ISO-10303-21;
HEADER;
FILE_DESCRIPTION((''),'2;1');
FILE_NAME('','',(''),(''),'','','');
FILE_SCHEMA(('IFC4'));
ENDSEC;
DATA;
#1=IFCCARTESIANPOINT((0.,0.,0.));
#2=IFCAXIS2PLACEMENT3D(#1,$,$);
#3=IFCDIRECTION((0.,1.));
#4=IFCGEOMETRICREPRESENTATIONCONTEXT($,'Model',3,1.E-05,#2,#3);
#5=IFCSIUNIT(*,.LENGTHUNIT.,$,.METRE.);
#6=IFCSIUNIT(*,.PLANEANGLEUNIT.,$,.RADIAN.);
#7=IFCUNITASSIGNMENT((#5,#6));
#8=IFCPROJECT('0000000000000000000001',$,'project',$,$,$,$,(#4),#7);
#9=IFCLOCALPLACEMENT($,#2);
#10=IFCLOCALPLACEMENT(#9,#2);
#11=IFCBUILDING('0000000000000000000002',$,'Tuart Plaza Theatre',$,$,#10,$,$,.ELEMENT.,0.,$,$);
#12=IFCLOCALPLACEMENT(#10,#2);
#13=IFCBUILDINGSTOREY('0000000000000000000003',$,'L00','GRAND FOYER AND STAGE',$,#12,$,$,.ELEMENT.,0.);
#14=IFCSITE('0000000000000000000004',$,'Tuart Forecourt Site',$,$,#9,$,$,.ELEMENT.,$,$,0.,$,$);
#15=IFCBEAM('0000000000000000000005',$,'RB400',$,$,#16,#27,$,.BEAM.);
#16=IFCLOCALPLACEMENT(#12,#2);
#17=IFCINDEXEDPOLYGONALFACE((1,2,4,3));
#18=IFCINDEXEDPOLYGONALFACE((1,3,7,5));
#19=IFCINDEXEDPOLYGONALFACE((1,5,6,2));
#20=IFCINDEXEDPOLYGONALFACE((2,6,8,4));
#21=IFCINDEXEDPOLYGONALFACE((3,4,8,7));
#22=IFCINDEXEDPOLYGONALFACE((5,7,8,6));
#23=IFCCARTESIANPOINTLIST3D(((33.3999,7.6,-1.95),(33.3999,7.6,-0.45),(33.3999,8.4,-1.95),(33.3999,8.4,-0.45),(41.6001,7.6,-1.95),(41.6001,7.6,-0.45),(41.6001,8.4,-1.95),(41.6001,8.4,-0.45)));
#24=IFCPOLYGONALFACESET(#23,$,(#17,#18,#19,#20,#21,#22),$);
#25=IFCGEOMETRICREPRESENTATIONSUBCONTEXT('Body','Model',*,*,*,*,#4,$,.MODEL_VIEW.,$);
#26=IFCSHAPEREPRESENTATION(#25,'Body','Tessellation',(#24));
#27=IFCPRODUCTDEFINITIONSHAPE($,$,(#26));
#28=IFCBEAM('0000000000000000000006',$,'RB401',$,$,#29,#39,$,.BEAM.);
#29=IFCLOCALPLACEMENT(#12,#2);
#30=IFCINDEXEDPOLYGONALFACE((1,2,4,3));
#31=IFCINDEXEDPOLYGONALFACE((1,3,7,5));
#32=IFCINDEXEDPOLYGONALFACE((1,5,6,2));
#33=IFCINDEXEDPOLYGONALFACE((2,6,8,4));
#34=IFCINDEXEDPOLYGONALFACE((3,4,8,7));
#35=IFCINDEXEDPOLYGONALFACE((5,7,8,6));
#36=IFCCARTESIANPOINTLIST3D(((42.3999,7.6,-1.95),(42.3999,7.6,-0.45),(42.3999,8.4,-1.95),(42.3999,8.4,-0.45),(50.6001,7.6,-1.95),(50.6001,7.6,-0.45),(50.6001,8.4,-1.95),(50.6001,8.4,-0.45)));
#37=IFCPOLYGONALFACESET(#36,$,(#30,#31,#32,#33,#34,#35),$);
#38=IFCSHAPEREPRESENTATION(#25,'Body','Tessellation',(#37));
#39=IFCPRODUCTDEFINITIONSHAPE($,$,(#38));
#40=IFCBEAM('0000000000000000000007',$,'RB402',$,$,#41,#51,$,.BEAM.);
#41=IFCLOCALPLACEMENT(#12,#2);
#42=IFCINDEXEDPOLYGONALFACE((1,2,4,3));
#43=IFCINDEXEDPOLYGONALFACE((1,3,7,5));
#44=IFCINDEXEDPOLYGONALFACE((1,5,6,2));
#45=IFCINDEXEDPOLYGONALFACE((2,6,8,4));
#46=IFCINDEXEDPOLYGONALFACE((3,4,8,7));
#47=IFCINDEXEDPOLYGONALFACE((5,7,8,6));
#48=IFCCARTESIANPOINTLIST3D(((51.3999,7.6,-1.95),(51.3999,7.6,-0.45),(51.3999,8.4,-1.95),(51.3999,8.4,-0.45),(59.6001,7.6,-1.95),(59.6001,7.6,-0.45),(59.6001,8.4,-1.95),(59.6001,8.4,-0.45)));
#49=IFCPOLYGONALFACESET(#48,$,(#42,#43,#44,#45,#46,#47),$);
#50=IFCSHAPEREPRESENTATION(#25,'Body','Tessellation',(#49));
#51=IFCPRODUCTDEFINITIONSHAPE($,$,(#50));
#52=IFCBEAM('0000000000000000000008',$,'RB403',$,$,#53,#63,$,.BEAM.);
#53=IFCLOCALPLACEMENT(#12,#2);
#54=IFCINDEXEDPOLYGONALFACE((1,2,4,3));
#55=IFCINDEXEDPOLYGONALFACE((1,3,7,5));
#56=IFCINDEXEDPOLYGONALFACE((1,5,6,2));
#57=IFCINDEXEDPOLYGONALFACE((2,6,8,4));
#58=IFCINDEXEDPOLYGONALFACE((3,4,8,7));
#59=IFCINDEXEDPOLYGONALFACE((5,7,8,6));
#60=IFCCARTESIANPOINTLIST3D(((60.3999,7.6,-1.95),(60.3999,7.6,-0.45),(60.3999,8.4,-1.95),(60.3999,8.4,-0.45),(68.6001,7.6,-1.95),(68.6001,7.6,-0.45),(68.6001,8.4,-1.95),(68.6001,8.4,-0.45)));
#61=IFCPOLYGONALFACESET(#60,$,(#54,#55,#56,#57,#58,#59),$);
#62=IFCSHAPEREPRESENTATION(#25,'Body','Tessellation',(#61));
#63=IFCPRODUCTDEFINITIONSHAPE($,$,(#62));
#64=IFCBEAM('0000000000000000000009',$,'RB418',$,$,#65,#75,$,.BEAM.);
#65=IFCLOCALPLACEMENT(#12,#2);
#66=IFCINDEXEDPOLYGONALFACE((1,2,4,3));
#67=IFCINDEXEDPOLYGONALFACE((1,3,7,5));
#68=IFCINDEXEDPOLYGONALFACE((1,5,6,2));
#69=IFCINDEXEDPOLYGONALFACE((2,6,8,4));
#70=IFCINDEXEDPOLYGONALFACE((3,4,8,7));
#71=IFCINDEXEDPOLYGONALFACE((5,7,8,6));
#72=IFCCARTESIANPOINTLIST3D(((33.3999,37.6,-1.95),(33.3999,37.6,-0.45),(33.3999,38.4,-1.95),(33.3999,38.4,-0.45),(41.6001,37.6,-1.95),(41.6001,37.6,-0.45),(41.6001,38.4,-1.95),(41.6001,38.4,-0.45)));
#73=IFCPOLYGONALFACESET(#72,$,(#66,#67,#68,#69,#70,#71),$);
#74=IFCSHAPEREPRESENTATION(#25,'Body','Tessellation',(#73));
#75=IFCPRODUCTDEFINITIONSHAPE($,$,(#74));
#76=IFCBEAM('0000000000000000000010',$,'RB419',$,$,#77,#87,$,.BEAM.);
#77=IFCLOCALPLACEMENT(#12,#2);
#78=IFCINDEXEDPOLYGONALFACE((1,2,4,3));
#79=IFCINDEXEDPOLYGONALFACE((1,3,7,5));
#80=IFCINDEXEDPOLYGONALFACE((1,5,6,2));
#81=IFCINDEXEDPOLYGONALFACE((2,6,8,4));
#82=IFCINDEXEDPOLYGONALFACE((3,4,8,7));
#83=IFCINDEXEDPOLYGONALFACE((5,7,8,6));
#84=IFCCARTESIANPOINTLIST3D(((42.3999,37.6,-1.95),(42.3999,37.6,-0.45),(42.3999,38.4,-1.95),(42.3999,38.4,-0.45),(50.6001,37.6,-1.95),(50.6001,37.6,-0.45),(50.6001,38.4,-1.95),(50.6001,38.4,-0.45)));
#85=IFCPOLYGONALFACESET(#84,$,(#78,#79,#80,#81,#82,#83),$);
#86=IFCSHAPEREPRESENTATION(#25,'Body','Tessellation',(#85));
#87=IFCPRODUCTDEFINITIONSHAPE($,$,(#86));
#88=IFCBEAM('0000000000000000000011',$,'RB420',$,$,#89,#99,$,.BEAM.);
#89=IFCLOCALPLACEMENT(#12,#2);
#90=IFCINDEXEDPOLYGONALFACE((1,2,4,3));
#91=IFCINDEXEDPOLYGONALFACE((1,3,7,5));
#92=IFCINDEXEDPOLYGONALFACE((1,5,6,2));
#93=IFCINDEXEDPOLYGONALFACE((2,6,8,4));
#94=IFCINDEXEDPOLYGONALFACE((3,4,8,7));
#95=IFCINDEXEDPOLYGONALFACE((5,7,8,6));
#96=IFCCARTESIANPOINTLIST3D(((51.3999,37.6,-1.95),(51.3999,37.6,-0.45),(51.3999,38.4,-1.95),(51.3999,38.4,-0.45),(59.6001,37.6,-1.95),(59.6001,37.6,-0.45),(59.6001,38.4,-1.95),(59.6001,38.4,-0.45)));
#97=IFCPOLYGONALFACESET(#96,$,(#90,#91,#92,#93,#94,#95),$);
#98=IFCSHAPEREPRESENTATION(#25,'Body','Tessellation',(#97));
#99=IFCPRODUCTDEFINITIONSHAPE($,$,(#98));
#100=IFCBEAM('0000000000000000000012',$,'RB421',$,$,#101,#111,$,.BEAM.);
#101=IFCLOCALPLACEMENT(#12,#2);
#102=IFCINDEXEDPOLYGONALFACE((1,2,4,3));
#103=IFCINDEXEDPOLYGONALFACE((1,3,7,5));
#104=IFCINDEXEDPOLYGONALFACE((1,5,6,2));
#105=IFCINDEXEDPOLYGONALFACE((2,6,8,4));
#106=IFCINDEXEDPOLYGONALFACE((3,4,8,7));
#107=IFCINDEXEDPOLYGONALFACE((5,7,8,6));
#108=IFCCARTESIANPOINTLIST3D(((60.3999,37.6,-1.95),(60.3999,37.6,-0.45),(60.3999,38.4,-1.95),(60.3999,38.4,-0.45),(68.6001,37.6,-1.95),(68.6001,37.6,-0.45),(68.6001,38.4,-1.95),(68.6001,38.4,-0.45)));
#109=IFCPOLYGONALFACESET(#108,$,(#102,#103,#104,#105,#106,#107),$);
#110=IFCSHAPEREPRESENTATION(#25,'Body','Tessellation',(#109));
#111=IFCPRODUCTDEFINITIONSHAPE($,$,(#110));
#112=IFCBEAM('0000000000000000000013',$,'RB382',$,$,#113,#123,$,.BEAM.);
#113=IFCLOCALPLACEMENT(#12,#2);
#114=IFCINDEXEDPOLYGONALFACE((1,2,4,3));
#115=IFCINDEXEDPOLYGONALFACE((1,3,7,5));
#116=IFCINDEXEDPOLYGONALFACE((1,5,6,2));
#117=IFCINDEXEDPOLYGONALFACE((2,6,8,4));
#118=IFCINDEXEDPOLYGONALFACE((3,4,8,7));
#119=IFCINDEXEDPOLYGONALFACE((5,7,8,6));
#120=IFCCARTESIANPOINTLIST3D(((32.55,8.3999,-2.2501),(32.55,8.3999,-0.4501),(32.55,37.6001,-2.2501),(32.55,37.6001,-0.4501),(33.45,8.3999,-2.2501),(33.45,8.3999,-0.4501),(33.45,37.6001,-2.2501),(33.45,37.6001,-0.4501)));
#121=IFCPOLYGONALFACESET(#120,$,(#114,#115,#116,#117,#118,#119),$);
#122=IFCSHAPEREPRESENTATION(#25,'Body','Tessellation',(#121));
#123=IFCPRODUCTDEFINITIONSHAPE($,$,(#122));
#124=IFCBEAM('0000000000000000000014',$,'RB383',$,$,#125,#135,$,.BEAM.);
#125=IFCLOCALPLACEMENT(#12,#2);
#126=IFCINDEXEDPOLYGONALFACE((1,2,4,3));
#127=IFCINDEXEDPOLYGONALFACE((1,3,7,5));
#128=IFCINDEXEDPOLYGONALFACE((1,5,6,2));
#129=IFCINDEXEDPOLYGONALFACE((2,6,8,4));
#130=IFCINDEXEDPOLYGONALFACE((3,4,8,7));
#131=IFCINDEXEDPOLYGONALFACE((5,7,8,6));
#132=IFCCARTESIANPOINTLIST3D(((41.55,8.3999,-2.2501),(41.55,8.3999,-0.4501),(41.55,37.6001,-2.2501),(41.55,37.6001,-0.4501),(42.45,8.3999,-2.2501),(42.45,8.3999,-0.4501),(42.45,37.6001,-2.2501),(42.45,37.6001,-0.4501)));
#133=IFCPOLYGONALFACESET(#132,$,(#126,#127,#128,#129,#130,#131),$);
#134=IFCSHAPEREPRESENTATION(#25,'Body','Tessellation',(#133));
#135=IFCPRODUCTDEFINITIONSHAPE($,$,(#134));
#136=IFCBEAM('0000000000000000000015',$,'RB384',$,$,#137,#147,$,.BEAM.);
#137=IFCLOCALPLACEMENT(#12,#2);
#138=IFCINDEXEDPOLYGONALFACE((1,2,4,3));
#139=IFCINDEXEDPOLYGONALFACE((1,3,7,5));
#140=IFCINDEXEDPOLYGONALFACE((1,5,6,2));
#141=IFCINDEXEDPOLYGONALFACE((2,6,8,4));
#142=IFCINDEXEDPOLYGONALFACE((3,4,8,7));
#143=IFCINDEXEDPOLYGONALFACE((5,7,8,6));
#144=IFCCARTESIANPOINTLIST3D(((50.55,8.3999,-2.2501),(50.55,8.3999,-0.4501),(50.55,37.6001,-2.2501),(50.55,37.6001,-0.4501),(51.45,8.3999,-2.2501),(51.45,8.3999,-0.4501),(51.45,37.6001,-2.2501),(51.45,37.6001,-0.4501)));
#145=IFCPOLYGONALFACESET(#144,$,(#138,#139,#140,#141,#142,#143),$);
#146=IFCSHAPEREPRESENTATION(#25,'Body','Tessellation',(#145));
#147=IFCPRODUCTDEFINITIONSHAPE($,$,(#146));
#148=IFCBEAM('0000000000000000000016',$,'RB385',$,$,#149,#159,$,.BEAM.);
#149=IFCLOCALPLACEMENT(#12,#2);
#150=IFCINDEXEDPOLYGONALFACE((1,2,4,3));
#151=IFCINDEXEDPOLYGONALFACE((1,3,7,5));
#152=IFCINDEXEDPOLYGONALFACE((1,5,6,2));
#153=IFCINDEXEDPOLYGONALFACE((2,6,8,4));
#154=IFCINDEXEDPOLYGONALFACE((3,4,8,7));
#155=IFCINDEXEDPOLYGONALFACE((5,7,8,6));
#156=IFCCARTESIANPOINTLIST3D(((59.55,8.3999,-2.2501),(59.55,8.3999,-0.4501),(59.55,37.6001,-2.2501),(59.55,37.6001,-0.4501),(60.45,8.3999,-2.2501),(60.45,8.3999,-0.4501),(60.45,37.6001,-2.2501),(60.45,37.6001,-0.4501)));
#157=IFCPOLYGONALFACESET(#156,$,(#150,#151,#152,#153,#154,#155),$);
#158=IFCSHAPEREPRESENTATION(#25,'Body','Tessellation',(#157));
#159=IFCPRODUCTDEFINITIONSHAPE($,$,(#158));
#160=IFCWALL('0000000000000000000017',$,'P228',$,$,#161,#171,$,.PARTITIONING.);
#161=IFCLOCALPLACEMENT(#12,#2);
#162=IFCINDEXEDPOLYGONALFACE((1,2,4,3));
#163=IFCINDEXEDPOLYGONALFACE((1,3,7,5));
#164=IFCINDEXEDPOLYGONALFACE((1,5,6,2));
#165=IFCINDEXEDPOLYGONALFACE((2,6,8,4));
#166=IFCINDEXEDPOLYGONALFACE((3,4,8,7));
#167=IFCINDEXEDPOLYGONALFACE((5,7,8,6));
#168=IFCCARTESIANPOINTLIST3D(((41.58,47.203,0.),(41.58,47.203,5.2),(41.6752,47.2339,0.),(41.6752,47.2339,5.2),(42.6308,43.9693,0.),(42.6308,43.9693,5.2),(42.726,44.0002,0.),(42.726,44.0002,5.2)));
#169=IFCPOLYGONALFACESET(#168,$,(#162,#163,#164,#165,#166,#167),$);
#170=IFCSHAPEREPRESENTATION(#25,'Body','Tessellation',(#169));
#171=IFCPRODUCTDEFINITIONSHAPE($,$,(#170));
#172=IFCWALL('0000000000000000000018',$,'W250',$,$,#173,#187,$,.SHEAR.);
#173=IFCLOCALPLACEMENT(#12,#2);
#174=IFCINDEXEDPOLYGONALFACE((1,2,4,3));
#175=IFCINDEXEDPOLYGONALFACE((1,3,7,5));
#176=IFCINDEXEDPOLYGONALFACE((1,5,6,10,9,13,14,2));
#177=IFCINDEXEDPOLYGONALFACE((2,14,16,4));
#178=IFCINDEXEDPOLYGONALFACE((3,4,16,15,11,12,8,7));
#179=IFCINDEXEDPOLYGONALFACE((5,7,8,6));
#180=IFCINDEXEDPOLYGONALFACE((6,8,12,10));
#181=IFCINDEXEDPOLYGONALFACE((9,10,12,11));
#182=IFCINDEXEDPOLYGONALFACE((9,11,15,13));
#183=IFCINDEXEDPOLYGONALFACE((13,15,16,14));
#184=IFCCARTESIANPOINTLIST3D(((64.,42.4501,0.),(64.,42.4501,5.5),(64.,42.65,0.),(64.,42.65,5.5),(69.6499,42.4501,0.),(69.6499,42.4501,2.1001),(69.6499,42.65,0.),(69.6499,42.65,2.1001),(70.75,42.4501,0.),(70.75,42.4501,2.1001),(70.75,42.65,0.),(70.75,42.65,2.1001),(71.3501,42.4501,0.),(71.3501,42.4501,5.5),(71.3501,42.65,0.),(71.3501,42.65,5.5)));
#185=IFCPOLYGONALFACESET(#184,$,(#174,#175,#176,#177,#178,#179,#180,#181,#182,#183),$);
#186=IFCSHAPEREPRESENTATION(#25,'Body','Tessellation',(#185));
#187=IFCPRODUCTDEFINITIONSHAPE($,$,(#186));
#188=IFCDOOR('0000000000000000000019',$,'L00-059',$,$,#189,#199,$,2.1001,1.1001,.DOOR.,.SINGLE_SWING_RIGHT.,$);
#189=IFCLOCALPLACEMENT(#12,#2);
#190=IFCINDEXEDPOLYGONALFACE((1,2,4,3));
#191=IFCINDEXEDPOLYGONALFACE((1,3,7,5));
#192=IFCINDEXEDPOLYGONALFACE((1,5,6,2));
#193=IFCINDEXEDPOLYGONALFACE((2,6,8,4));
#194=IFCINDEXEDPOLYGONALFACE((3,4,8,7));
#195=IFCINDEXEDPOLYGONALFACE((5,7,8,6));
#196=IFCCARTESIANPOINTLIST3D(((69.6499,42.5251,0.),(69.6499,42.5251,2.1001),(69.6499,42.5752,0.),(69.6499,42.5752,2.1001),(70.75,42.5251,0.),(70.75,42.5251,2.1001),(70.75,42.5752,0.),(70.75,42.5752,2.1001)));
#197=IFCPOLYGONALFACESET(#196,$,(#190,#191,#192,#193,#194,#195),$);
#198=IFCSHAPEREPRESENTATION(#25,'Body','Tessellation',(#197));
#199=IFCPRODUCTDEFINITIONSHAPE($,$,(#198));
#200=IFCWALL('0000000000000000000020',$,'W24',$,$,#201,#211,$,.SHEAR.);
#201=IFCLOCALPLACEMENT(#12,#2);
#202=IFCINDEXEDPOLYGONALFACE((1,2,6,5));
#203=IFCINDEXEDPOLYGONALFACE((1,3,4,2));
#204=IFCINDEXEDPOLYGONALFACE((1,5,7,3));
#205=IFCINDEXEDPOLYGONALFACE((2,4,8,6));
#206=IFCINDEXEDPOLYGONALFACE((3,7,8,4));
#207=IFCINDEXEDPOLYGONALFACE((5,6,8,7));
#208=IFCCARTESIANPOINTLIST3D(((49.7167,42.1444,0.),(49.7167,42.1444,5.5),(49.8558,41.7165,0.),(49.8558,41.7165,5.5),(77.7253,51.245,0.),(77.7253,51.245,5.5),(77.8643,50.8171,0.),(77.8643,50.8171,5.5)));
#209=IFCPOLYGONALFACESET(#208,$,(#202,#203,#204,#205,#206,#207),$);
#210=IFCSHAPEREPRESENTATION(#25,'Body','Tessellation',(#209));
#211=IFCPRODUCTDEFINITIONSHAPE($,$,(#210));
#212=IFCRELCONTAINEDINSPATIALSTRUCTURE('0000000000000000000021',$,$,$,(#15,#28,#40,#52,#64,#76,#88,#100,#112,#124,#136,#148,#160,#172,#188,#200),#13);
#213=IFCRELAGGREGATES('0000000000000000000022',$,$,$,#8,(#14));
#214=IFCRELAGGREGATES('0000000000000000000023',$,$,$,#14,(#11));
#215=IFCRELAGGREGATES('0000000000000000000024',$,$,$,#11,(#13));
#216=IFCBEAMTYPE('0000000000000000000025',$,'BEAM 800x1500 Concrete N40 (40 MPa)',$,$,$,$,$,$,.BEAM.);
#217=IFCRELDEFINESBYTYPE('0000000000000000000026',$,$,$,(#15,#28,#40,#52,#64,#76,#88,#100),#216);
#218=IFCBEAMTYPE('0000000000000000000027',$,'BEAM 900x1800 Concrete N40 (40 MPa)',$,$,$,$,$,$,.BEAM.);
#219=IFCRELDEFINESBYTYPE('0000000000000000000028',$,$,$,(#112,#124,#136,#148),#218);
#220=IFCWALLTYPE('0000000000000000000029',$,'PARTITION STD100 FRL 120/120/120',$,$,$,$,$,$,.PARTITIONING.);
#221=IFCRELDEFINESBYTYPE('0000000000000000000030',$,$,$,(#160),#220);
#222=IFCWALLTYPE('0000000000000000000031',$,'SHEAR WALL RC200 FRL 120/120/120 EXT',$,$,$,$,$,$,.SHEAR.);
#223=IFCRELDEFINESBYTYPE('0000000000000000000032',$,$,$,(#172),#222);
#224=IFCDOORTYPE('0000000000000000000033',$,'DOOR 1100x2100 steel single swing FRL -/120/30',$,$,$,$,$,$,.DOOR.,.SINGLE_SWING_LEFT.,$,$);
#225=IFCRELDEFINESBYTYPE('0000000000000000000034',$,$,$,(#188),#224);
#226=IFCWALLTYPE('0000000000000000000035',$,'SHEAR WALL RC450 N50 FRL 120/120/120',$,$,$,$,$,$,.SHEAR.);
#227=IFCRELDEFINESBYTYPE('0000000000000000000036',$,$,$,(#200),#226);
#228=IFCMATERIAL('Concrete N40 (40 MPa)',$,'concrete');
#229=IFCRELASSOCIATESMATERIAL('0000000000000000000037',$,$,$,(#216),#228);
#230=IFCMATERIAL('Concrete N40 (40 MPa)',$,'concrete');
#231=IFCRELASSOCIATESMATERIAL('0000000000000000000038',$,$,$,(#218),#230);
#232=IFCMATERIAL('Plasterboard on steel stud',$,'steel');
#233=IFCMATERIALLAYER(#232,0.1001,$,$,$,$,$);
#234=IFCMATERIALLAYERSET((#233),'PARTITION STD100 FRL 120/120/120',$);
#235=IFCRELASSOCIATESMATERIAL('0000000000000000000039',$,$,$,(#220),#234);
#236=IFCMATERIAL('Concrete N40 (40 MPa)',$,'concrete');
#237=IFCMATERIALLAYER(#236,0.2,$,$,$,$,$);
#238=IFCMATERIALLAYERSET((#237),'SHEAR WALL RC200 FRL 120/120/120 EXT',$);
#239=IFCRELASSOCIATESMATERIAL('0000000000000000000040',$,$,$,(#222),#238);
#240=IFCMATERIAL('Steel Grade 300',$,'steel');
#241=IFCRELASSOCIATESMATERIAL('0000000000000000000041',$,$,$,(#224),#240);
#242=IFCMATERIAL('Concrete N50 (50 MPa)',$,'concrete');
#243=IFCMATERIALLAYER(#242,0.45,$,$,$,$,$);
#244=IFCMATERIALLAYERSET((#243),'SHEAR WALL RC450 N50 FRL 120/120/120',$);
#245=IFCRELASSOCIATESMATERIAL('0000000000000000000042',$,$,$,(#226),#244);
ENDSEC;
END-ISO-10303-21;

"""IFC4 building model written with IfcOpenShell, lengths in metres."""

from ifc_helpers import new_model, si_unit, direction, frame, frame_2d, origin, origin_2d, place, context, subcontext, project, spatial, rectangle, extrude, material, layer, layer_set, material_profile, profile_set, type_object, element, fill, save


model = new_model("IFC4")

# Units and contexts
model_context = context("Model", 3, precision=1e-05, world=origin(), true_north=direction((0.0, 1.0)))
body_context = subcontext(model_context, "Body", "Model", "MODEL_VIEW")
ifc_project = project(units=[si_unit("LENGTHUNIT", "METRE"), si_unit("PLANEANGLEUNIT", "RADIAN")], contexts=[model_context])

# Site, building, storey
site_placement = place(None, origin())
site = spatial("IfcSite", under=ifc_project, at=site_placement, Name="Tuart Forecourt Site", CompositionType="ELEMENT", RefElevation=0.0)
building_placement = place(site_placement, origin())
building = spatial("IfcBuilding", under=site, at=building_placement, Name="Tuart Plaza Theatre", CompositionType="ELEMENT", ElevationOfRefHeight=0.0)
storey_placement = place(building_placement, origin())
storey = spatial("IfcBuildingStorey", under=building, at=storey_placement, Name="L00", Description="GRAND FOYER AND STAGE", CompositionType="ELEMENT", Elevation=0.0)

# Beams
ifc_material_1 = material(Name="Concrete N40 (40 MPa)", Category="concrete")
ifc_material_profile_1 = material_profile(ifc_material_1, rectangle(XDim=0.8, YDim=1.5, at=origin_2d()), Name="BEAM 800x1500 Concrete N40 (40 MPa)")
ifc_profile_set_1 = profile_set([ifc_material_profile_1], Name="Concrete N40 (40 MPa)")
beam_type_1 = type_object("IfcBeamType", Name="BEAM 800x1500 Concrete N40 (40 MPa)", PredefinedType="BEAM", material=ifc_profile_set_1)
for number, where, z_axis, x_axis, name in (
    (1, (33.3999, 8.0, -1.2), (1.0, 0.0, 0.0), (0.0, 1.0, 0.0), "RB400"),
    (2, (42.3999, 8.0, -1.2), (1.0, 0.0, 0.0), (0.0, 1.0, 0.0), "RB401"),
    (3, (51.3999, 8.0, -1.2), (1.0, 0.0, 0.0), (0.0, 1.0, 0.0), "RB402"),
    (4, (60.3999, 8.0, -1.2), (1.0, 0.0, 0.0), (0.0, 1.0, 0.0), "RB403"),
    (5, (33.3999, 38.0, -1.2), (1.0, 0.0, 0.0), (0.0, 1.0, 0.0), "RB418"),
    (6, (42.3999, 38.0, -1.2), (1.0, 0.0, 0.0), (0.0, 1.0, 0.0), "RB419"),
    (7, (51.3999, 38.0, -1.2), (1.0, 0.0, 0.0), (0.0, 1.0, 0.0), "RB420"),
    (8, (60.3999, 38.0, -1.2), (1.0, 0.0, 0.0), (0.0, 1.0, 0.0), "RB421"),
):
    element("IfcBeam", number, at=place(storey_placement, frame(where, z_axis=z_axis, x_axis=x_axis)), inside=storey, type_object=beam_type_1, Name=name, PredefinedType="BEAM", context=body_context, shape_type="SweptSolid", body=[
        extrude(rectangle(XDim=0.8, YDim=1.5, at=origin_2d()), origin(), (0.0, 0.0, 1.0), 8.2002),
    ])
ifc_material_2 = material(Name="Concrete N40 (40 MPa)", Category="concrete")
ifc_material_profile_2 = material_profile(ifc_material_2, rectangle(XDim=0.8999, YDim=1.8, at=origin_2d()), Name="BEAM 900x1800 Concrete N40 (40 MPa)")
ifc_profile_set_2 = profile_set([ifc_material_profile_2], Name="Concrete N40 (40 MPa)")
beam_type_2 = type_object("IfcBeamType", Name="BEAM 900x1800 Concrete N40 (40 MPa)", PredefinedType="BEAM", material=ifc_profile_set_2)
for number, where, z_axis, x_axis, name in (
    (9, (33.0, 8.3999, -1.3501), (0.0, 1.0, 0.0), (-1.0, 0.0, 0.0), "RB382"),
    (10, (42.0, 8.3999, -1.3501), (0.0, 1.0, 0.0), (-1.0, 0.0, 0.0), "RB383"),
    (11, (51.0, 8.3999, -1.3501), (0.0, 1.0, 0.0), (-1.0, 0.0, 0.0), "RB384"),
    (12, (60.0, 8.3999, -1.3501), (0.0, 1.0, 0.0), (-1.0, 0.0, 0.0), "RB385"),
):
    element("IfcBeam", number, at=place(storey_placement, frame(where, z_axis=z_axis, x_axis=x_axis)), inside=storey, type_object=beam_type_2, Name=name, PredefinedType="BEAM", context=body_context, shape_type="SweptSolid", body=[
        extrude(rectangle(XDim=0.8999, YDim=1.8, at=origin_2d()), origin(), (0.0, 0.0, 1.0), 29.2002),
    ])

# Wall
ifc_material_3 = material(Name="Plasterboard on steel stud", Category="steel")
ifc_layer_1 = layer(ifc_material_3, 0.1001)
ifc_layer_set_1 = layer_set([ifc_layer_1], Name="PARTITION STD100 FRL 120/120/120")
wall_type_1 = type_object("IfcWallType", Name="PARTITION STD100 FRL 120/120/120", PredefinedType="PARTITIONING", material=ifc_layer_set_1)
wall_1_placement = place(storey_placement, frame((42.6785, 43.9846, 0.0), z_axis=(0.0, 0.0, 1.0), x_axis=(-0.309045, 0.951047, 0.0)))
element("IfcWall", 13, at=wall_1_placement, inside=storey, type_object=wall_type_1, Name="P228", PredefinedType="PARTITIONING", context=body_context, shape_type="SweptSolid", body=[
    extrude(rectangle(XDim=3.4001, YDim=0.1001, at=frame_2d((1.7002, 0.0))), origin(), (0.0, 0.0, 1.0), 5.2),
])

# Wall, opening, door
ifc_material_4 = material(Name="Concrete N40 (40 MPa)", Category="concrete")
ifc_layer_2 = layer(ifc_material_4, 0.2)
ifc_layer_set_2 = layer_set([ifc_layer_2], Name="SHEAR WALL RC200 FRL 120/120/120 EXT")
wall_type_2 = type_object("IfcWallType", Name="SHEAR WALL RC200 FRL 120/120/120 EXT", PredefinedType="SHEAR", material=ifc_layer_set_2)
wall_2_placement = place(storey_placement, frame((64.0, 42.55, 0.0), z_axis=(0.0, 0.0, 1.0), x_axis=(1.0, 0.0, 0.0)))
wall_2 = element("IfcWall", 14, at=wall_2_placement, inside=storey, type_object=wall_type_2, Name="W250", PredefinedType="SHEAR", context=body_context, shape_type="SweptSolid", body=[
    extrude(rectangle(XDim=7.3501, YDim=0.2, at=frame_2d((3.675, 0.0))), origin(), (0.0, 0.0, 1.0), 5.5),
])
opening_1_placement = place(wall_2_placement, frame((5.6499, 0.0, 0.0)))
opening_1 = element("IfcOpeningElement", 15, at=opening_1_placement, cuts=wall_2, PredefinedType="OPENING", context=body_context, shape_type="SweptSolid", body=[
    extrude(rectangle(XDim=1.1001, YDim=2.1001, at=frame_2d((0.55, 1.05))), frame((0.0, 0.1099, 0.0), z_axis=(0.0, -1.0, 0.0), x_axis=(1.0, 0.0, 0.0)), (0.0, 0.0, 1.0), 0.22),
])
ifc_material_5 = material(Name="Steel Grade 300", Category="steel")
door_type_1 = type_object("IfcDoorType", Name="DOOR 1100x2100 steel single swing FRL -/120/30", OperationType="SINGLE_SWING_LEFT", PredefinedType="DOOR", material=ifc_material_5)
door_1_placement = place(opening_1_placement, frame((1.1001, 0.0, 0.0), z_axis=(0.0, 0.0, 1.0), x_axis=(-1.0, 0.0, 0.0)))
door_1 = element("IfcDoor", 16, at=door_1_placement, inside=storey, type_object=door_type_1, Name="L00-059", OperationType="SINGLE_SWING_RIGHT", OverallHeight=2.1001, OverallWidth=1.1001, PredefinedType="DOOR", context=body_context, shape_type="SweptSolid", body=[
    extrude(rectangle(XDim=1.1001, YDim=2.1001, at=frame_2d((0.55, 1.05))), frame((0.0, 0.0249, 0.0), z_axis=(0.0, -1.0, 0.0), x_axis=(1.0, 0.0, 0.0)), (0.0, 0.0, 1.0), 0.05),
])
fill(opening_1, door_1)

# Wall
ifc_material_6 = material(Name="Concrete N50 (50 MPa)", Category="concrete")
ifc_layer_3 = layer(ifc_material_6, 0.45)
ifc_layer_set_3 = layer_set([ifc_layer_3], Name="SHEAR WALL RC450 N50 FRL 120/120/120")
wall_type_3 = type_object("IfcWallType", Name="SHEAR WALL RC450 N50 FRL 120/120/120", PredefinedType="SHEAR", material=ifc_layer_set_3)
wall_3_placement = place(storey_placement, frame((49.7861, 41.9304, 0.0), z_axis=(0.0, 0.0, 1.0), x_axis=(0.951056, 0.309019, 0.0)))
element("IfcWall", 17, at=wall_3_placement, inside=storey, type_object=wall_type_3, Name="W24", PredefinedType="SHEAR", context=body_context, shape_type="SweptSolid", body=[
    extrude(rectangle(XDim=29.45, YDim=0.45, at=frame_2d((14.7251, 0.0))), origin(), (0.0, 0.0, 1.0), 5.5),
])

save(model, "model.ifc")
